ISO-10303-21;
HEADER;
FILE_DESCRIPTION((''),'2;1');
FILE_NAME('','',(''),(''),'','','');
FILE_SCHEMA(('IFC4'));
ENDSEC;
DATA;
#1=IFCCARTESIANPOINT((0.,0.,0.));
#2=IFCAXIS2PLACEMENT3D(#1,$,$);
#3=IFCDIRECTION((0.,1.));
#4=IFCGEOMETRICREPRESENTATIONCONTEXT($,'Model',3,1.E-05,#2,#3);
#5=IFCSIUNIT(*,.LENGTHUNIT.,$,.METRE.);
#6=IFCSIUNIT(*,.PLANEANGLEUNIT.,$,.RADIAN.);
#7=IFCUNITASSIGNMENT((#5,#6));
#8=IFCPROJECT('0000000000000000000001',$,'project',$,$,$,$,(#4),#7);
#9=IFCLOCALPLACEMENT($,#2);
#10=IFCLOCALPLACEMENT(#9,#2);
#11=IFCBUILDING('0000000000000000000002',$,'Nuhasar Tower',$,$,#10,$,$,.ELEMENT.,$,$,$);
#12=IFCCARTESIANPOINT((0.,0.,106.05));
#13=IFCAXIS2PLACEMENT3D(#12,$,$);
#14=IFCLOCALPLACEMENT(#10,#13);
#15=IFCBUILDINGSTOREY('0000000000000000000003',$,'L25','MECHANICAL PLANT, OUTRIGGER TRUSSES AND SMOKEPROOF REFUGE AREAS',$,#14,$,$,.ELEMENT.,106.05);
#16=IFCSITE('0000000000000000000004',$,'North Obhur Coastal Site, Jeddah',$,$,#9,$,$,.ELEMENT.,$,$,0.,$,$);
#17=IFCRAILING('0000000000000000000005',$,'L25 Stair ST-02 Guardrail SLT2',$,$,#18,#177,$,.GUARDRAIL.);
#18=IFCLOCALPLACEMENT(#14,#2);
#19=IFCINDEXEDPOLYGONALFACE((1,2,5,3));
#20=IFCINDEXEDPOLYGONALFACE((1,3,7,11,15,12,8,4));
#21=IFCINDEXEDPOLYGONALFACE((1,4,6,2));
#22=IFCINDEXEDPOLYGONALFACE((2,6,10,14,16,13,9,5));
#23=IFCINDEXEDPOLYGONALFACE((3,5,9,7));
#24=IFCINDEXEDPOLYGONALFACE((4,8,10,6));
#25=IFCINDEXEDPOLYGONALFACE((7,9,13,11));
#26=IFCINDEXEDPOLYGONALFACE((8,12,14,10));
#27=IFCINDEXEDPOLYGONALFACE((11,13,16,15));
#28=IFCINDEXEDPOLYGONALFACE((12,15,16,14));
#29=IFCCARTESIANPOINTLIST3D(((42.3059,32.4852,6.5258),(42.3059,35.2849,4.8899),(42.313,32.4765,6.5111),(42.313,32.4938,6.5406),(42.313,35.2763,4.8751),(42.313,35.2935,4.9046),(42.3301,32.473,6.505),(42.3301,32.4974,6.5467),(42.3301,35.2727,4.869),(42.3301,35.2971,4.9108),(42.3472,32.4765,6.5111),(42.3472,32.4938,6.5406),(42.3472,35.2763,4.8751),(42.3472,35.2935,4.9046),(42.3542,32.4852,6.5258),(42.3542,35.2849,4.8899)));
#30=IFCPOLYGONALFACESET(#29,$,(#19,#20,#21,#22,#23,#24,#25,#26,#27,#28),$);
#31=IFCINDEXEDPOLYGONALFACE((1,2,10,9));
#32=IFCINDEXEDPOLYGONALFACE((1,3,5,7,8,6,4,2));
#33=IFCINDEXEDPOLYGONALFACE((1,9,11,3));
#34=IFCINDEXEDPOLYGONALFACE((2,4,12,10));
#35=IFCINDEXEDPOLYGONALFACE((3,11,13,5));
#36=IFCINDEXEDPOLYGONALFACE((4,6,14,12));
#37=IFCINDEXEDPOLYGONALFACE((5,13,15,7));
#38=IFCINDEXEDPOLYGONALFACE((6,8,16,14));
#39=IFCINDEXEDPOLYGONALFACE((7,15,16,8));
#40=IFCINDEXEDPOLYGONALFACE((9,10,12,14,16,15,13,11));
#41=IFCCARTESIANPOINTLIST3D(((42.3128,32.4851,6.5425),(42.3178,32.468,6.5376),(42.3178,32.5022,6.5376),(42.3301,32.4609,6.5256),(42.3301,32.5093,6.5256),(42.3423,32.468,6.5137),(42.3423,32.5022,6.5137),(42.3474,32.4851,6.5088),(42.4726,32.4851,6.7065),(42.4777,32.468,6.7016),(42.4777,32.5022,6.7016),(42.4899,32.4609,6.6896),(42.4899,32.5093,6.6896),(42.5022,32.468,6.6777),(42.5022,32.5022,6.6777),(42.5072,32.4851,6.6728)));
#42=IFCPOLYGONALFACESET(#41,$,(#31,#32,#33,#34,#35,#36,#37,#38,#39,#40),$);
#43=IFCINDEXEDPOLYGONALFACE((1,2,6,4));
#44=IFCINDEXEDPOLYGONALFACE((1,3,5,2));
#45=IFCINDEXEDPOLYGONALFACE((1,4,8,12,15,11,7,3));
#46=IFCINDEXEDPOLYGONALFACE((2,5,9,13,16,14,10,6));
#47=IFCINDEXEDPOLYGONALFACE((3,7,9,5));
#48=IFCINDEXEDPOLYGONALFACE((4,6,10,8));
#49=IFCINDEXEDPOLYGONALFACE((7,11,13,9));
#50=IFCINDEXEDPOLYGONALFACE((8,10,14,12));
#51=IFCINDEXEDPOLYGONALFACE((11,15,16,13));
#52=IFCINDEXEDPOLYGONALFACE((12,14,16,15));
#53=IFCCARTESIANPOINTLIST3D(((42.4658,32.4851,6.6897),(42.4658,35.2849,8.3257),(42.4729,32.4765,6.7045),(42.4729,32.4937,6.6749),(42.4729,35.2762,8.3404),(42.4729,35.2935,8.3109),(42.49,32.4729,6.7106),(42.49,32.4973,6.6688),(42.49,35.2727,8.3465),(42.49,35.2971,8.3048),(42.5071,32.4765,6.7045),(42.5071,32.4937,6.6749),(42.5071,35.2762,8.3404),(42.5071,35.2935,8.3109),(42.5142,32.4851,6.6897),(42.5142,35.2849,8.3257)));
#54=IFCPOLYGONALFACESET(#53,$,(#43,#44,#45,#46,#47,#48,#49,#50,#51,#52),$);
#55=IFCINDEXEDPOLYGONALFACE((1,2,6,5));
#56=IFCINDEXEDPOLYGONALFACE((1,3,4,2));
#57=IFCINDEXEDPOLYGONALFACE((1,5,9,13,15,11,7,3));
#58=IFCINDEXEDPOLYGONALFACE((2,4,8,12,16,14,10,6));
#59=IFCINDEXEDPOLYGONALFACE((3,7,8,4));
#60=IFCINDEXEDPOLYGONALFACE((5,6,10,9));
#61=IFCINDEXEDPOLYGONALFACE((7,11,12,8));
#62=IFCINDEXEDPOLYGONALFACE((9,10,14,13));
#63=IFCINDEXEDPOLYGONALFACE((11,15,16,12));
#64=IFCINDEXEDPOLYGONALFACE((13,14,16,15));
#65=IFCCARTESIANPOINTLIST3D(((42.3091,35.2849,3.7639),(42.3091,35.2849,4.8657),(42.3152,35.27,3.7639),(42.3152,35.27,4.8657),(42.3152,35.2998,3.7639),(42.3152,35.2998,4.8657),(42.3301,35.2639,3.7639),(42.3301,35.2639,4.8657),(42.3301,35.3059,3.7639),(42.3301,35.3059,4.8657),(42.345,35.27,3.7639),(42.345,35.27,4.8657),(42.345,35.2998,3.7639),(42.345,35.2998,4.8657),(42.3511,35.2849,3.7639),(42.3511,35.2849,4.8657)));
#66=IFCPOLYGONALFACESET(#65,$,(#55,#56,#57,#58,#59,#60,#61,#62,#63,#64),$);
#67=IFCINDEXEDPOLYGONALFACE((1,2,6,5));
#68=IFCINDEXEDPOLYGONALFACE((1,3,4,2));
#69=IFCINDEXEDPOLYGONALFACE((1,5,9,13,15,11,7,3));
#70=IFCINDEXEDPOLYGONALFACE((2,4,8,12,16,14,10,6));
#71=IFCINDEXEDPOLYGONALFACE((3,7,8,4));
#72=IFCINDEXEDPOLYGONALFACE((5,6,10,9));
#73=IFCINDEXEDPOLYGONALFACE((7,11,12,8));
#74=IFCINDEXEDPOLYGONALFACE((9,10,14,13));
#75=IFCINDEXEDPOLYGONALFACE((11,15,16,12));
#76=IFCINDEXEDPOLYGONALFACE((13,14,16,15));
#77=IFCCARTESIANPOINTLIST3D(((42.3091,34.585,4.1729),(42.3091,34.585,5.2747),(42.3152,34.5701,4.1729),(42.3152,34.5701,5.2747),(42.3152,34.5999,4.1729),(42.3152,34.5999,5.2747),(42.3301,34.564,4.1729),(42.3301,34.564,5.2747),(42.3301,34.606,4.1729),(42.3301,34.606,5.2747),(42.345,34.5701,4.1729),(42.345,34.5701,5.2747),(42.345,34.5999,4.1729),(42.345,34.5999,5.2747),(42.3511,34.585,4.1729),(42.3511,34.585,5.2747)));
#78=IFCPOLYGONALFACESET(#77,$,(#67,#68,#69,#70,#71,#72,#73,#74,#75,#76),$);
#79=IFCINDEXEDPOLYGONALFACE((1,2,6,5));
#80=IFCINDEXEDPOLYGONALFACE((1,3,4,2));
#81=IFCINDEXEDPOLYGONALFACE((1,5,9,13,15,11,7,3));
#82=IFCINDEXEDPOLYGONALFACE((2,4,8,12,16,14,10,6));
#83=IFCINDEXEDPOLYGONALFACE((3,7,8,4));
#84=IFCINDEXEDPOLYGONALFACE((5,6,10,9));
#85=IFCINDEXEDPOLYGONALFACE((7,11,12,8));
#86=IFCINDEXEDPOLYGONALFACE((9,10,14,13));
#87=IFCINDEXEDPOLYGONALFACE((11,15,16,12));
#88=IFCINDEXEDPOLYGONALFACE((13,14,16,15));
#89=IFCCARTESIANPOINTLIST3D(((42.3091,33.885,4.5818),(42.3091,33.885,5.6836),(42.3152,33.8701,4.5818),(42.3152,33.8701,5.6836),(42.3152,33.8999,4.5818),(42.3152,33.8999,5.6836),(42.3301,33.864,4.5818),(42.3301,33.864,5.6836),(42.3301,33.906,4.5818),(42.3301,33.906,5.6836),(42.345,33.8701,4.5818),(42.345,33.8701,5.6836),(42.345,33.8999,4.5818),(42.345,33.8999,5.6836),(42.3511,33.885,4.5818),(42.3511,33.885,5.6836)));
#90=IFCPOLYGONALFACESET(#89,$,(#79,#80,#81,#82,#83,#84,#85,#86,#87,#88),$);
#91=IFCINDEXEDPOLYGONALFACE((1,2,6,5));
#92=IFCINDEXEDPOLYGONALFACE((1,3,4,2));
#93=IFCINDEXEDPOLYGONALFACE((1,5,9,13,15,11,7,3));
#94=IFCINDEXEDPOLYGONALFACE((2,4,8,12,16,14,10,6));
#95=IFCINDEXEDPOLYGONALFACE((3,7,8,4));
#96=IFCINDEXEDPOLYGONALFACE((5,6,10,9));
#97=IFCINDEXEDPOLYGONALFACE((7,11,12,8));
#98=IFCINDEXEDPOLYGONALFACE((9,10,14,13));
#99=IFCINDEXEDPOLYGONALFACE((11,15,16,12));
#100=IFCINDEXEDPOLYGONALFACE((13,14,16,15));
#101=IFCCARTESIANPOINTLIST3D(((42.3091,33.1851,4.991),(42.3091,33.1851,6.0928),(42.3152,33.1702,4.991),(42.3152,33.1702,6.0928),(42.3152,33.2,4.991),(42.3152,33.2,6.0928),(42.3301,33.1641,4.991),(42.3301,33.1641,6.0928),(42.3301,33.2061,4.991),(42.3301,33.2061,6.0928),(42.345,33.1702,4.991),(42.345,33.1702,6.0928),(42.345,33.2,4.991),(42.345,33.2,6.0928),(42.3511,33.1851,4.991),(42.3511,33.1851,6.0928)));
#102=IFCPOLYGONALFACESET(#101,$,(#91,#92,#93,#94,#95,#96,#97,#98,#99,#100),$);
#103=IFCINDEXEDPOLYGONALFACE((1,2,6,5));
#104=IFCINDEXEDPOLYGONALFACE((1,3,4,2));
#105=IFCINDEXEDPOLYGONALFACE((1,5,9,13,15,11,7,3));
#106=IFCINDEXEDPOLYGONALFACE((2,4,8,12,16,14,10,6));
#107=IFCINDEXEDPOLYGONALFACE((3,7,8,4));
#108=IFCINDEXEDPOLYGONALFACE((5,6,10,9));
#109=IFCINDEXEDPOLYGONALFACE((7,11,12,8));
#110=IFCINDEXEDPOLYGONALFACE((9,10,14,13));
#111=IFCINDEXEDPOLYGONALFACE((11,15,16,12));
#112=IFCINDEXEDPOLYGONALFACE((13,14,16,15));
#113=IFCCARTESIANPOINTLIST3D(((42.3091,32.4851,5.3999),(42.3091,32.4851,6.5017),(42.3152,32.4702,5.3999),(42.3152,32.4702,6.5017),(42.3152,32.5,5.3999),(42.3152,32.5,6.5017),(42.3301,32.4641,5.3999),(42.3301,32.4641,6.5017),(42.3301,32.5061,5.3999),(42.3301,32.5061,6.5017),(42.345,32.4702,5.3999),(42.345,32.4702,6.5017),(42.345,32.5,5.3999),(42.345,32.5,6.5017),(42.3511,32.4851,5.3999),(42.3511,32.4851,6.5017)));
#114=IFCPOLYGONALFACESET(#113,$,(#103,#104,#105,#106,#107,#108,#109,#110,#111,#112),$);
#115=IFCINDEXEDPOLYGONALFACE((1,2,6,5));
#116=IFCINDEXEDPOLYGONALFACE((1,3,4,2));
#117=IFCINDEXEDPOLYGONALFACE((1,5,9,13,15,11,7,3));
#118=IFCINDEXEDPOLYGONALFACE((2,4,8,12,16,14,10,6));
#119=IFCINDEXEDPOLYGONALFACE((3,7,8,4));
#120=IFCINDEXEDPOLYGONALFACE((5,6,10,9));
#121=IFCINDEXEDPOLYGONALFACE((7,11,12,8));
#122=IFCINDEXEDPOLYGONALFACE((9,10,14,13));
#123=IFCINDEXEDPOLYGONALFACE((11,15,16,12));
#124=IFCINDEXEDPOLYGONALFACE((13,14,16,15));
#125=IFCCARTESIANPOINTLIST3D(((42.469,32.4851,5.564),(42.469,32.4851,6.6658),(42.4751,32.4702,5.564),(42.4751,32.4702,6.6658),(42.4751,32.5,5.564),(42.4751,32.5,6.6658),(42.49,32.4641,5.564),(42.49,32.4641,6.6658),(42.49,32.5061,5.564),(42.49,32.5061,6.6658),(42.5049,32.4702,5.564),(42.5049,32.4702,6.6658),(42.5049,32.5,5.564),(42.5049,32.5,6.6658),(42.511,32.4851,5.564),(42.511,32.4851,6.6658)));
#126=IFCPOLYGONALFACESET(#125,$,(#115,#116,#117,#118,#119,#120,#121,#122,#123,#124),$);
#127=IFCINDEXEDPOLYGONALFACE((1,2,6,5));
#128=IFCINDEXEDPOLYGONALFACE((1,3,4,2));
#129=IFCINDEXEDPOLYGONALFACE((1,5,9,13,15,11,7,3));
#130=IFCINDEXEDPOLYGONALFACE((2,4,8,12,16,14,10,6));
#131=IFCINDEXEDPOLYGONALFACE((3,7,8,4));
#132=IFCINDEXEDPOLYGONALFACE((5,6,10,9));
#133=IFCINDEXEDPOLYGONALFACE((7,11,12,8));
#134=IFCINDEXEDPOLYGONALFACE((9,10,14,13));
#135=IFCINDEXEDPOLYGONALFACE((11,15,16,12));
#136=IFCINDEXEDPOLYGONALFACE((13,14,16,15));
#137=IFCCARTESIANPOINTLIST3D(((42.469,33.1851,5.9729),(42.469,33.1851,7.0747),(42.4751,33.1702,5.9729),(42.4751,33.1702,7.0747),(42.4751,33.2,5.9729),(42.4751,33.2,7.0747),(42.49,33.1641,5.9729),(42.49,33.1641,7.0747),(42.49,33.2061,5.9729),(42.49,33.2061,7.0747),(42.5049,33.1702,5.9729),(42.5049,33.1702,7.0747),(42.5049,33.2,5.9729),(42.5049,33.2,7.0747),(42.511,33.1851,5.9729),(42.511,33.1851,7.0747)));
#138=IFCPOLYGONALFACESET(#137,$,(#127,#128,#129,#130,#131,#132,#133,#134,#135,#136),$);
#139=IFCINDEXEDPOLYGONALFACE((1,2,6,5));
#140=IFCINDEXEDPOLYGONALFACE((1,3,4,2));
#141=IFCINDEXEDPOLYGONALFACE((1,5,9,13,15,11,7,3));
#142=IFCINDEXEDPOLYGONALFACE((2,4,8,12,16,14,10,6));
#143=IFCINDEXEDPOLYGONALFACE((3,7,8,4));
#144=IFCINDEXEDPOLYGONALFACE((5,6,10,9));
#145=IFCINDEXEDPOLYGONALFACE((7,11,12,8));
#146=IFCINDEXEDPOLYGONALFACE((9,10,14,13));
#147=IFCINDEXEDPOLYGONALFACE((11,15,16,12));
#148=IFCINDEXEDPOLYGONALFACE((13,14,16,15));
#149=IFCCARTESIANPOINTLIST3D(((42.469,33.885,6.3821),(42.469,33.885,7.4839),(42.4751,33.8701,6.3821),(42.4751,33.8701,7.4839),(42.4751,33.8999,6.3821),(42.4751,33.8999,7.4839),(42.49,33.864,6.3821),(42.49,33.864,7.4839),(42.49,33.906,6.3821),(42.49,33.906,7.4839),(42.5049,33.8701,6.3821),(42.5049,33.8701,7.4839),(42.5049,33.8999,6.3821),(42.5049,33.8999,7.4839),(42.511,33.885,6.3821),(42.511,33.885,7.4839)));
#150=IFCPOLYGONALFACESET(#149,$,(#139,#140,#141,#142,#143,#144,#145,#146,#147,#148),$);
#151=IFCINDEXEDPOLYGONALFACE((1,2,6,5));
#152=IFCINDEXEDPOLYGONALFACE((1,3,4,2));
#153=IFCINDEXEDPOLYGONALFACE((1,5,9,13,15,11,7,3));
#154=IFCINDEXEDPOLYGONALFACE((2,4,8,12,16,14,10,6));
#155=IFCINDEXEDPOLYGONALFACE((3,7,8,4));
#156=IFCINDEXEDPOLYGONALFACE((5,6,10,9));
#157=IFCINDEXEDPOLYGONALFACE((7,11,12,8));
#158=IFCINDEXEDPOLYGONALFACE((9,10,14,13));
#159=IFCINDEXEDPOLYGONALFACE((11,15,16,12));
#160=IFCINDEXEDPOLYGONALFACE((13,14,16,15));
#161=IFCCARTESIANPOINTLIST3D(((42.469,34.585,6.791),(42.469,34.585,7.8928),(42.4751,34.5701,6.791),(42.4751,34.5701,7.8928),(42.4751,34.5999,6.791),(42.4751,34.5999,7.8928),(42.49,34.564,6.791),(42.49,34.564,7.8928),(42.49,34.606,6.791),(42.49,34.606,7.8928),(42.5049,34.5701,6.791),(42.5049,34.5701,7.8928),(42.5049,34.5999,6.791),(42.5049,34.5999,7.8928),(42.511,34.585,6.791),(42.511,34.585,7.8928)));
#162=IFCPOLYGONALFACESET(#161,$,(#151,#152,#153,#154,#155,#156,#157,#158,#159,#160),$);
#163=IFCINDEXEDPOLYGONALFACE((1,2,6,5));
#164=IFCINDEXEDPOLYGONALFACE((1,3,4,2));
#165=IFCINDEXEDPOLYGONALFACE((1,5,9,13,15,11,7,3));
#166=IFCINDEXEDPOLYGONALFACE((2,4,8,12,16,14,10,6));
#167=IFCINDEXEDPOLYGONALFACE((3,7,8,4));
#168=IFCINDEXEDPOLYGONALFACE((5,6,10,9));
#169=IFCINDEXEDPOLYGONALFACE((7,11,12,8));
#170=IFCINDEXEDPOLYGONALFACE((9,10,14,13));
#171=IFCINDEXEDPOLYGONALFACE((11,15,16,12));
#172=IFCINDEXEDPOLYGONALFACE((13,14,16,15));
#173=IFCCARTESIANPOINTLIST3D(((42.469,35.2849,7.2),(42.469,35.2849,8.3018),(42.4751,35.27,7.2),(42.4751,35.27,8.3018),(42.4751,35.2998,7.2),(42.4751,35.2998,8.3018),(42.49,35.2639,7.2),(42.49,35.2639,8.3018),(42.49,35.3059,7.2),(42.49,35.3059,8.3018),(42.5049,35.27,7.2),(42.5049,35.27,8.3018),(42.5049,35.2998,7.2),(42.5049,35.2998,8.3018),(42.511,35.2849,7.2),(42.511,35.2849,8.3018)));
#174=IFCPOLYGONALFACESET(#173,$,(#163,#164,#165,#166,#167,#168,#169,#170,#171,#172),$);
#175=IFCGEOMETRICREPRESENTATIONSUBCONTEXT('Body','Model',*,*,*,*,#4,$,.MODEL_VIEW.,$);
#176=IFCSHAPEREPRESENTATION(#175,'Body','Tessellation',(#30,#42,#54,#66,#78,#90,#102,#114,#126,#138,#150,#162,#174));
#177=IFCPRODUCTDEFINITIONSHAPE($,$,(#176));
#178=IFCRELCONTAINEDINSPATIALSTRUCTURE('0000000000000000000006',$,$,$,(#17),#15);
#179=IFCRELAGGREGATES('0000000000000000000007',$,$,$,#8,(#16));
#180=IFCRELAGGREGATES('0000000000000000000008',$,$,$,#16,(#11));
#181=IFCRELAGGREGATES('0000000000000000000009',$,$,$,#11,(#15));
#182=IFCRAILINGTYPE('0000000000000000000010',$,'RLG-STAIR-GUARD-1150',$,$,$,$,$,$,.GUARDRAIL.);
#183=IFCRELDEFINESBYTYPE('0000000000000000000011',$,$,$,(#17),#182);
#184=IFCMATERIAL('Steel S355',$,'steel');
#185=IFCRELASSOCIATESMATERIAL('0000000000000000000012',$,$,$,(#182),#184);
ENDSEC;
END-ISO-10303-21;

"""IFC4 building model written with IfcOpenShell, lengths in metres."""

from ifc_helpers import new_model, si_unit, direction, frame, origin, place, context, subcontext, project, spatial, polyline, outline, extrude, material, type_object, element, save


model = new_model("IFC4")

# Units and contexts
model_context = context("Model", 3, precision=1e-05, world=origin(), true_north=direction((0.0, 1.0)))
body_context = subcontext(model_context, "Body", "Model", "MODEL_VIEW")
ifc_project = project(units=[si_unit("LENGTHUNIT", "METRE"), si_unit("PLANEANGLEUNIT", "RADIAN")], contexts=[model_context])

# Site, building, storey
site_placement = place(None, origin())
site = spatial("IfcSite", under=ifc_project, at=site_placement, Name="North Obhur Coastal Site, Jeddah", CompositionType="ELEMENT", RefElevation=0.0)
building_placement = place(site_placement, origin())
building = spatial("IfcBuilding", under=site, at=building_placement, Name="Nuhasar Tower", CompositionType="ELEMENT")
storey_placement = place(building_placement, frame((0.0, 0.0, 106.05)))
storey = spatial("IfcBuildingStorey", under=building, at=storey_placement, Name="L25", Description="MECHANICAL PLANT, OUTRIGGER TRUSSES AND SMOKEPROOF REFUGE AREAS", CompositionType="ELEMENT", Elevation=106.05)

# Shared definitions
ifc_material_1 = material(Name="Steel S355", Category="steel")

# Railing
railing_type_1 = type_object("IfcRailingType", Name="RLG-STAIR-GUARD-1150", PredefinedType="GUARDRAIL", material=ifc_material_1)
railing_1_placement = place(storey_placement, frame((42.3301, 35.2849, 3.7639)))
element("IfcRailing", 1, at=railing_1_placement, inside=storey, type_object=railing_type_1, Name="L25 Stair ST-02 Guardrail SLT2", PredefinedType="GUARDRAIL", context=body_context, shape_type="SweptSolid", body=[
    extrude(outline(polyline([(0.0242, 0.0), (0.0171, 0.0171), (0.0, 0.0242), (-0.0171, 0.0171), (-0.0242, 0.0), (-0.0171, -0.0171), (0.0, -0.0242), (0.0171, -0.0171), (0.0242, 0.0)])), frame((0.0, 0.0, 1.126), z_axis=(0.0, -0.863407, 0.504508), x_axis=(1.0, 0.0, 0.0)), (0.0, 0.0, 1.0), 3.2427),
    extrude(outline(polyline([(0.0242, 0.0), (0.0171, 0.0171), (0.0, 0.0242), (-0.0171, 0.0171), (-0.0242, 0.0), (-0.0171, -0.0171), (0.0, -0.0242), (0.0171, -0.0171), (0.0242, 0.0)])), frame((0.0, -2.7998, 2.7617), z_axis=(0.697991, 0.0, 0.716107), x_axis=(0.0, 1.0, 0.0)), (0.0, 0.0, 1.0), 0.229),
    extrude(outline(polyline([(0.0242, 0.0), (0.0171, 0.0171), (0.0, 0.0242), (-0.0171, 0.0171), (-0.0242, 0.0), (-0.0171, -0.0171), (0.0, -0.0242), (0.0171, -0.0171), (0.0242, 0.0)])), frame((0.1599, -2.7998, 2.9258), z_axis=(0.0, 0.863407, 0.504508), x_axis=(-1.0, 0.0, 0.0)), (0.0, 0.0, 1.0), 3.2427),
    extrude(outline(polyline([(0.021, 0.0), (0.0149, 0.0149), (0.0, 0.021), (-0.0149, 0.0149), (-0.021, 0.0), (-0.0149, -0.0149), (0.0, -0.021), (0.0149, -0.0149), (0.021, 0.0)])), origin(), (0.0, 0.0, 1.0), 1.1018),
    extrude(outline(polyline([(0.021, 0.0), (0.0149, 0.0149), (0.0, 0.021), (-0.0149, 0.0149), (-0.021, 0.0), (-0.0149, -0.0149), (0.0, -0.021), (0.0149, -0.0149), (0.021, 0.0)])), frame((0.0, -0.7, 0.4089)), (0.0, 0.0, 1.0), 1.1018),
    extrude(outline(polyline([(0.021, 0.0), (0.0149, 0.0149), (0.0, 0.021), (-0.0149, 0.0149), (-0.021, 0.0), (-0.0149, -0.0149), (0.0, -0.021), (0.0149, -0.0149), (0.021, 0.0)])), frame((0.0, -1.3999, 0.8179)), (0.0, 0.0, 1.0), 1.1018),
    extrude(outline(polyline([(0.021, 0.0), (0.0149, 0.0149), (0.0, 0.021), (-0.0149, 0.0149), (-0.021, 0.0), (-0.0149, -0.0149), (0.0, -0.021), (0.0149, -0.0149), (0.021, 0.0)])), frame((0.0, -2.0999, 1.2271)), (0.0, 0.0, 1.0), 1.1018),
    extrude(outline(polyline([(0.021, 0.0), (0.0149, 0.0149), (0.0, 0.021), (-0.0149, 0.0149), (-0.021, 0.0), (-0.0149, -0.0149), (0.0, -0.021), (0.0149, -0.0149), (0.021, 0.0)])), frame((0.0, -2.7998, 1.636)), (0.0, 0.0, 1.0), 1.1018),
    extrude(outline(polyline([(0.021, 0.0), (0.0149, 0.0149), (0.0, 0.021), (-0.0149, 0.0149), (-0.021, 0.0), (-0.0149, -0.0149), (0.0, -0.021), (0.0149, -0.0149), (0.021, 0.0)])), frame((0.1599, -2.7998, 1.8)), (0.0, 0.0, 1.0), 1.1018),
    extrude(outline(polyline([(0.021, 0.0), (0.0149, 0.0149), (0.0, 0.021), (-0.0149, 0.0149), (-0.021, 0.0), (-0.0149, -0.0149), (0.0, -0.021), (0.0149, -0.0149), (0.021, 0.0)])), frame((0.1599, -2.0999, 2.209)), (0.0, 0.0, 1.0), 1.1018),
    extrude(outline(polyline([(0.021, 0.0), (0.0149, 0.0149), (0.0, 0.021), (-0.0149, 0.0149), (-0.021, 0.0), (-0.0149, -0.0149), (0.0, -0.021), (0.0149, -0.0149), (0.021, 0.0)])), frame((0.1599, -1.3999, 2.6182)), (0.0, 0.0, 1.0), 1.1018),
    extrude(outline(polyline([(0.021, 0.0), (0.0149, 0.0149), (0.0, 0.021), (-0.0149, 0.0149), (-0.021, 0.0), (-0.0149, -0.0149), (0.0, -0.021), (0.0149, -0.0149), (0.021, 0.0)])), frame((0.1599, -0.7, 3.0271)), (0.0, 0.0, 1.0), 1.1018),
    extrude(outline(polyline([(0.021, 0.0), (0.0149, 0.0149), (0.0, 0.021), (-0.0149, 0.0149), (-0.021, 0.0), (-0.0149, -0.0149), (0.0, -0.021), (0.0149, -0.0149), (0.021, 0.0)])), frame((0.1599, 0.0, 3.436)), (0.0, 0.0, 1.0), 1.1018),
])

save(model, "model.ifc")
